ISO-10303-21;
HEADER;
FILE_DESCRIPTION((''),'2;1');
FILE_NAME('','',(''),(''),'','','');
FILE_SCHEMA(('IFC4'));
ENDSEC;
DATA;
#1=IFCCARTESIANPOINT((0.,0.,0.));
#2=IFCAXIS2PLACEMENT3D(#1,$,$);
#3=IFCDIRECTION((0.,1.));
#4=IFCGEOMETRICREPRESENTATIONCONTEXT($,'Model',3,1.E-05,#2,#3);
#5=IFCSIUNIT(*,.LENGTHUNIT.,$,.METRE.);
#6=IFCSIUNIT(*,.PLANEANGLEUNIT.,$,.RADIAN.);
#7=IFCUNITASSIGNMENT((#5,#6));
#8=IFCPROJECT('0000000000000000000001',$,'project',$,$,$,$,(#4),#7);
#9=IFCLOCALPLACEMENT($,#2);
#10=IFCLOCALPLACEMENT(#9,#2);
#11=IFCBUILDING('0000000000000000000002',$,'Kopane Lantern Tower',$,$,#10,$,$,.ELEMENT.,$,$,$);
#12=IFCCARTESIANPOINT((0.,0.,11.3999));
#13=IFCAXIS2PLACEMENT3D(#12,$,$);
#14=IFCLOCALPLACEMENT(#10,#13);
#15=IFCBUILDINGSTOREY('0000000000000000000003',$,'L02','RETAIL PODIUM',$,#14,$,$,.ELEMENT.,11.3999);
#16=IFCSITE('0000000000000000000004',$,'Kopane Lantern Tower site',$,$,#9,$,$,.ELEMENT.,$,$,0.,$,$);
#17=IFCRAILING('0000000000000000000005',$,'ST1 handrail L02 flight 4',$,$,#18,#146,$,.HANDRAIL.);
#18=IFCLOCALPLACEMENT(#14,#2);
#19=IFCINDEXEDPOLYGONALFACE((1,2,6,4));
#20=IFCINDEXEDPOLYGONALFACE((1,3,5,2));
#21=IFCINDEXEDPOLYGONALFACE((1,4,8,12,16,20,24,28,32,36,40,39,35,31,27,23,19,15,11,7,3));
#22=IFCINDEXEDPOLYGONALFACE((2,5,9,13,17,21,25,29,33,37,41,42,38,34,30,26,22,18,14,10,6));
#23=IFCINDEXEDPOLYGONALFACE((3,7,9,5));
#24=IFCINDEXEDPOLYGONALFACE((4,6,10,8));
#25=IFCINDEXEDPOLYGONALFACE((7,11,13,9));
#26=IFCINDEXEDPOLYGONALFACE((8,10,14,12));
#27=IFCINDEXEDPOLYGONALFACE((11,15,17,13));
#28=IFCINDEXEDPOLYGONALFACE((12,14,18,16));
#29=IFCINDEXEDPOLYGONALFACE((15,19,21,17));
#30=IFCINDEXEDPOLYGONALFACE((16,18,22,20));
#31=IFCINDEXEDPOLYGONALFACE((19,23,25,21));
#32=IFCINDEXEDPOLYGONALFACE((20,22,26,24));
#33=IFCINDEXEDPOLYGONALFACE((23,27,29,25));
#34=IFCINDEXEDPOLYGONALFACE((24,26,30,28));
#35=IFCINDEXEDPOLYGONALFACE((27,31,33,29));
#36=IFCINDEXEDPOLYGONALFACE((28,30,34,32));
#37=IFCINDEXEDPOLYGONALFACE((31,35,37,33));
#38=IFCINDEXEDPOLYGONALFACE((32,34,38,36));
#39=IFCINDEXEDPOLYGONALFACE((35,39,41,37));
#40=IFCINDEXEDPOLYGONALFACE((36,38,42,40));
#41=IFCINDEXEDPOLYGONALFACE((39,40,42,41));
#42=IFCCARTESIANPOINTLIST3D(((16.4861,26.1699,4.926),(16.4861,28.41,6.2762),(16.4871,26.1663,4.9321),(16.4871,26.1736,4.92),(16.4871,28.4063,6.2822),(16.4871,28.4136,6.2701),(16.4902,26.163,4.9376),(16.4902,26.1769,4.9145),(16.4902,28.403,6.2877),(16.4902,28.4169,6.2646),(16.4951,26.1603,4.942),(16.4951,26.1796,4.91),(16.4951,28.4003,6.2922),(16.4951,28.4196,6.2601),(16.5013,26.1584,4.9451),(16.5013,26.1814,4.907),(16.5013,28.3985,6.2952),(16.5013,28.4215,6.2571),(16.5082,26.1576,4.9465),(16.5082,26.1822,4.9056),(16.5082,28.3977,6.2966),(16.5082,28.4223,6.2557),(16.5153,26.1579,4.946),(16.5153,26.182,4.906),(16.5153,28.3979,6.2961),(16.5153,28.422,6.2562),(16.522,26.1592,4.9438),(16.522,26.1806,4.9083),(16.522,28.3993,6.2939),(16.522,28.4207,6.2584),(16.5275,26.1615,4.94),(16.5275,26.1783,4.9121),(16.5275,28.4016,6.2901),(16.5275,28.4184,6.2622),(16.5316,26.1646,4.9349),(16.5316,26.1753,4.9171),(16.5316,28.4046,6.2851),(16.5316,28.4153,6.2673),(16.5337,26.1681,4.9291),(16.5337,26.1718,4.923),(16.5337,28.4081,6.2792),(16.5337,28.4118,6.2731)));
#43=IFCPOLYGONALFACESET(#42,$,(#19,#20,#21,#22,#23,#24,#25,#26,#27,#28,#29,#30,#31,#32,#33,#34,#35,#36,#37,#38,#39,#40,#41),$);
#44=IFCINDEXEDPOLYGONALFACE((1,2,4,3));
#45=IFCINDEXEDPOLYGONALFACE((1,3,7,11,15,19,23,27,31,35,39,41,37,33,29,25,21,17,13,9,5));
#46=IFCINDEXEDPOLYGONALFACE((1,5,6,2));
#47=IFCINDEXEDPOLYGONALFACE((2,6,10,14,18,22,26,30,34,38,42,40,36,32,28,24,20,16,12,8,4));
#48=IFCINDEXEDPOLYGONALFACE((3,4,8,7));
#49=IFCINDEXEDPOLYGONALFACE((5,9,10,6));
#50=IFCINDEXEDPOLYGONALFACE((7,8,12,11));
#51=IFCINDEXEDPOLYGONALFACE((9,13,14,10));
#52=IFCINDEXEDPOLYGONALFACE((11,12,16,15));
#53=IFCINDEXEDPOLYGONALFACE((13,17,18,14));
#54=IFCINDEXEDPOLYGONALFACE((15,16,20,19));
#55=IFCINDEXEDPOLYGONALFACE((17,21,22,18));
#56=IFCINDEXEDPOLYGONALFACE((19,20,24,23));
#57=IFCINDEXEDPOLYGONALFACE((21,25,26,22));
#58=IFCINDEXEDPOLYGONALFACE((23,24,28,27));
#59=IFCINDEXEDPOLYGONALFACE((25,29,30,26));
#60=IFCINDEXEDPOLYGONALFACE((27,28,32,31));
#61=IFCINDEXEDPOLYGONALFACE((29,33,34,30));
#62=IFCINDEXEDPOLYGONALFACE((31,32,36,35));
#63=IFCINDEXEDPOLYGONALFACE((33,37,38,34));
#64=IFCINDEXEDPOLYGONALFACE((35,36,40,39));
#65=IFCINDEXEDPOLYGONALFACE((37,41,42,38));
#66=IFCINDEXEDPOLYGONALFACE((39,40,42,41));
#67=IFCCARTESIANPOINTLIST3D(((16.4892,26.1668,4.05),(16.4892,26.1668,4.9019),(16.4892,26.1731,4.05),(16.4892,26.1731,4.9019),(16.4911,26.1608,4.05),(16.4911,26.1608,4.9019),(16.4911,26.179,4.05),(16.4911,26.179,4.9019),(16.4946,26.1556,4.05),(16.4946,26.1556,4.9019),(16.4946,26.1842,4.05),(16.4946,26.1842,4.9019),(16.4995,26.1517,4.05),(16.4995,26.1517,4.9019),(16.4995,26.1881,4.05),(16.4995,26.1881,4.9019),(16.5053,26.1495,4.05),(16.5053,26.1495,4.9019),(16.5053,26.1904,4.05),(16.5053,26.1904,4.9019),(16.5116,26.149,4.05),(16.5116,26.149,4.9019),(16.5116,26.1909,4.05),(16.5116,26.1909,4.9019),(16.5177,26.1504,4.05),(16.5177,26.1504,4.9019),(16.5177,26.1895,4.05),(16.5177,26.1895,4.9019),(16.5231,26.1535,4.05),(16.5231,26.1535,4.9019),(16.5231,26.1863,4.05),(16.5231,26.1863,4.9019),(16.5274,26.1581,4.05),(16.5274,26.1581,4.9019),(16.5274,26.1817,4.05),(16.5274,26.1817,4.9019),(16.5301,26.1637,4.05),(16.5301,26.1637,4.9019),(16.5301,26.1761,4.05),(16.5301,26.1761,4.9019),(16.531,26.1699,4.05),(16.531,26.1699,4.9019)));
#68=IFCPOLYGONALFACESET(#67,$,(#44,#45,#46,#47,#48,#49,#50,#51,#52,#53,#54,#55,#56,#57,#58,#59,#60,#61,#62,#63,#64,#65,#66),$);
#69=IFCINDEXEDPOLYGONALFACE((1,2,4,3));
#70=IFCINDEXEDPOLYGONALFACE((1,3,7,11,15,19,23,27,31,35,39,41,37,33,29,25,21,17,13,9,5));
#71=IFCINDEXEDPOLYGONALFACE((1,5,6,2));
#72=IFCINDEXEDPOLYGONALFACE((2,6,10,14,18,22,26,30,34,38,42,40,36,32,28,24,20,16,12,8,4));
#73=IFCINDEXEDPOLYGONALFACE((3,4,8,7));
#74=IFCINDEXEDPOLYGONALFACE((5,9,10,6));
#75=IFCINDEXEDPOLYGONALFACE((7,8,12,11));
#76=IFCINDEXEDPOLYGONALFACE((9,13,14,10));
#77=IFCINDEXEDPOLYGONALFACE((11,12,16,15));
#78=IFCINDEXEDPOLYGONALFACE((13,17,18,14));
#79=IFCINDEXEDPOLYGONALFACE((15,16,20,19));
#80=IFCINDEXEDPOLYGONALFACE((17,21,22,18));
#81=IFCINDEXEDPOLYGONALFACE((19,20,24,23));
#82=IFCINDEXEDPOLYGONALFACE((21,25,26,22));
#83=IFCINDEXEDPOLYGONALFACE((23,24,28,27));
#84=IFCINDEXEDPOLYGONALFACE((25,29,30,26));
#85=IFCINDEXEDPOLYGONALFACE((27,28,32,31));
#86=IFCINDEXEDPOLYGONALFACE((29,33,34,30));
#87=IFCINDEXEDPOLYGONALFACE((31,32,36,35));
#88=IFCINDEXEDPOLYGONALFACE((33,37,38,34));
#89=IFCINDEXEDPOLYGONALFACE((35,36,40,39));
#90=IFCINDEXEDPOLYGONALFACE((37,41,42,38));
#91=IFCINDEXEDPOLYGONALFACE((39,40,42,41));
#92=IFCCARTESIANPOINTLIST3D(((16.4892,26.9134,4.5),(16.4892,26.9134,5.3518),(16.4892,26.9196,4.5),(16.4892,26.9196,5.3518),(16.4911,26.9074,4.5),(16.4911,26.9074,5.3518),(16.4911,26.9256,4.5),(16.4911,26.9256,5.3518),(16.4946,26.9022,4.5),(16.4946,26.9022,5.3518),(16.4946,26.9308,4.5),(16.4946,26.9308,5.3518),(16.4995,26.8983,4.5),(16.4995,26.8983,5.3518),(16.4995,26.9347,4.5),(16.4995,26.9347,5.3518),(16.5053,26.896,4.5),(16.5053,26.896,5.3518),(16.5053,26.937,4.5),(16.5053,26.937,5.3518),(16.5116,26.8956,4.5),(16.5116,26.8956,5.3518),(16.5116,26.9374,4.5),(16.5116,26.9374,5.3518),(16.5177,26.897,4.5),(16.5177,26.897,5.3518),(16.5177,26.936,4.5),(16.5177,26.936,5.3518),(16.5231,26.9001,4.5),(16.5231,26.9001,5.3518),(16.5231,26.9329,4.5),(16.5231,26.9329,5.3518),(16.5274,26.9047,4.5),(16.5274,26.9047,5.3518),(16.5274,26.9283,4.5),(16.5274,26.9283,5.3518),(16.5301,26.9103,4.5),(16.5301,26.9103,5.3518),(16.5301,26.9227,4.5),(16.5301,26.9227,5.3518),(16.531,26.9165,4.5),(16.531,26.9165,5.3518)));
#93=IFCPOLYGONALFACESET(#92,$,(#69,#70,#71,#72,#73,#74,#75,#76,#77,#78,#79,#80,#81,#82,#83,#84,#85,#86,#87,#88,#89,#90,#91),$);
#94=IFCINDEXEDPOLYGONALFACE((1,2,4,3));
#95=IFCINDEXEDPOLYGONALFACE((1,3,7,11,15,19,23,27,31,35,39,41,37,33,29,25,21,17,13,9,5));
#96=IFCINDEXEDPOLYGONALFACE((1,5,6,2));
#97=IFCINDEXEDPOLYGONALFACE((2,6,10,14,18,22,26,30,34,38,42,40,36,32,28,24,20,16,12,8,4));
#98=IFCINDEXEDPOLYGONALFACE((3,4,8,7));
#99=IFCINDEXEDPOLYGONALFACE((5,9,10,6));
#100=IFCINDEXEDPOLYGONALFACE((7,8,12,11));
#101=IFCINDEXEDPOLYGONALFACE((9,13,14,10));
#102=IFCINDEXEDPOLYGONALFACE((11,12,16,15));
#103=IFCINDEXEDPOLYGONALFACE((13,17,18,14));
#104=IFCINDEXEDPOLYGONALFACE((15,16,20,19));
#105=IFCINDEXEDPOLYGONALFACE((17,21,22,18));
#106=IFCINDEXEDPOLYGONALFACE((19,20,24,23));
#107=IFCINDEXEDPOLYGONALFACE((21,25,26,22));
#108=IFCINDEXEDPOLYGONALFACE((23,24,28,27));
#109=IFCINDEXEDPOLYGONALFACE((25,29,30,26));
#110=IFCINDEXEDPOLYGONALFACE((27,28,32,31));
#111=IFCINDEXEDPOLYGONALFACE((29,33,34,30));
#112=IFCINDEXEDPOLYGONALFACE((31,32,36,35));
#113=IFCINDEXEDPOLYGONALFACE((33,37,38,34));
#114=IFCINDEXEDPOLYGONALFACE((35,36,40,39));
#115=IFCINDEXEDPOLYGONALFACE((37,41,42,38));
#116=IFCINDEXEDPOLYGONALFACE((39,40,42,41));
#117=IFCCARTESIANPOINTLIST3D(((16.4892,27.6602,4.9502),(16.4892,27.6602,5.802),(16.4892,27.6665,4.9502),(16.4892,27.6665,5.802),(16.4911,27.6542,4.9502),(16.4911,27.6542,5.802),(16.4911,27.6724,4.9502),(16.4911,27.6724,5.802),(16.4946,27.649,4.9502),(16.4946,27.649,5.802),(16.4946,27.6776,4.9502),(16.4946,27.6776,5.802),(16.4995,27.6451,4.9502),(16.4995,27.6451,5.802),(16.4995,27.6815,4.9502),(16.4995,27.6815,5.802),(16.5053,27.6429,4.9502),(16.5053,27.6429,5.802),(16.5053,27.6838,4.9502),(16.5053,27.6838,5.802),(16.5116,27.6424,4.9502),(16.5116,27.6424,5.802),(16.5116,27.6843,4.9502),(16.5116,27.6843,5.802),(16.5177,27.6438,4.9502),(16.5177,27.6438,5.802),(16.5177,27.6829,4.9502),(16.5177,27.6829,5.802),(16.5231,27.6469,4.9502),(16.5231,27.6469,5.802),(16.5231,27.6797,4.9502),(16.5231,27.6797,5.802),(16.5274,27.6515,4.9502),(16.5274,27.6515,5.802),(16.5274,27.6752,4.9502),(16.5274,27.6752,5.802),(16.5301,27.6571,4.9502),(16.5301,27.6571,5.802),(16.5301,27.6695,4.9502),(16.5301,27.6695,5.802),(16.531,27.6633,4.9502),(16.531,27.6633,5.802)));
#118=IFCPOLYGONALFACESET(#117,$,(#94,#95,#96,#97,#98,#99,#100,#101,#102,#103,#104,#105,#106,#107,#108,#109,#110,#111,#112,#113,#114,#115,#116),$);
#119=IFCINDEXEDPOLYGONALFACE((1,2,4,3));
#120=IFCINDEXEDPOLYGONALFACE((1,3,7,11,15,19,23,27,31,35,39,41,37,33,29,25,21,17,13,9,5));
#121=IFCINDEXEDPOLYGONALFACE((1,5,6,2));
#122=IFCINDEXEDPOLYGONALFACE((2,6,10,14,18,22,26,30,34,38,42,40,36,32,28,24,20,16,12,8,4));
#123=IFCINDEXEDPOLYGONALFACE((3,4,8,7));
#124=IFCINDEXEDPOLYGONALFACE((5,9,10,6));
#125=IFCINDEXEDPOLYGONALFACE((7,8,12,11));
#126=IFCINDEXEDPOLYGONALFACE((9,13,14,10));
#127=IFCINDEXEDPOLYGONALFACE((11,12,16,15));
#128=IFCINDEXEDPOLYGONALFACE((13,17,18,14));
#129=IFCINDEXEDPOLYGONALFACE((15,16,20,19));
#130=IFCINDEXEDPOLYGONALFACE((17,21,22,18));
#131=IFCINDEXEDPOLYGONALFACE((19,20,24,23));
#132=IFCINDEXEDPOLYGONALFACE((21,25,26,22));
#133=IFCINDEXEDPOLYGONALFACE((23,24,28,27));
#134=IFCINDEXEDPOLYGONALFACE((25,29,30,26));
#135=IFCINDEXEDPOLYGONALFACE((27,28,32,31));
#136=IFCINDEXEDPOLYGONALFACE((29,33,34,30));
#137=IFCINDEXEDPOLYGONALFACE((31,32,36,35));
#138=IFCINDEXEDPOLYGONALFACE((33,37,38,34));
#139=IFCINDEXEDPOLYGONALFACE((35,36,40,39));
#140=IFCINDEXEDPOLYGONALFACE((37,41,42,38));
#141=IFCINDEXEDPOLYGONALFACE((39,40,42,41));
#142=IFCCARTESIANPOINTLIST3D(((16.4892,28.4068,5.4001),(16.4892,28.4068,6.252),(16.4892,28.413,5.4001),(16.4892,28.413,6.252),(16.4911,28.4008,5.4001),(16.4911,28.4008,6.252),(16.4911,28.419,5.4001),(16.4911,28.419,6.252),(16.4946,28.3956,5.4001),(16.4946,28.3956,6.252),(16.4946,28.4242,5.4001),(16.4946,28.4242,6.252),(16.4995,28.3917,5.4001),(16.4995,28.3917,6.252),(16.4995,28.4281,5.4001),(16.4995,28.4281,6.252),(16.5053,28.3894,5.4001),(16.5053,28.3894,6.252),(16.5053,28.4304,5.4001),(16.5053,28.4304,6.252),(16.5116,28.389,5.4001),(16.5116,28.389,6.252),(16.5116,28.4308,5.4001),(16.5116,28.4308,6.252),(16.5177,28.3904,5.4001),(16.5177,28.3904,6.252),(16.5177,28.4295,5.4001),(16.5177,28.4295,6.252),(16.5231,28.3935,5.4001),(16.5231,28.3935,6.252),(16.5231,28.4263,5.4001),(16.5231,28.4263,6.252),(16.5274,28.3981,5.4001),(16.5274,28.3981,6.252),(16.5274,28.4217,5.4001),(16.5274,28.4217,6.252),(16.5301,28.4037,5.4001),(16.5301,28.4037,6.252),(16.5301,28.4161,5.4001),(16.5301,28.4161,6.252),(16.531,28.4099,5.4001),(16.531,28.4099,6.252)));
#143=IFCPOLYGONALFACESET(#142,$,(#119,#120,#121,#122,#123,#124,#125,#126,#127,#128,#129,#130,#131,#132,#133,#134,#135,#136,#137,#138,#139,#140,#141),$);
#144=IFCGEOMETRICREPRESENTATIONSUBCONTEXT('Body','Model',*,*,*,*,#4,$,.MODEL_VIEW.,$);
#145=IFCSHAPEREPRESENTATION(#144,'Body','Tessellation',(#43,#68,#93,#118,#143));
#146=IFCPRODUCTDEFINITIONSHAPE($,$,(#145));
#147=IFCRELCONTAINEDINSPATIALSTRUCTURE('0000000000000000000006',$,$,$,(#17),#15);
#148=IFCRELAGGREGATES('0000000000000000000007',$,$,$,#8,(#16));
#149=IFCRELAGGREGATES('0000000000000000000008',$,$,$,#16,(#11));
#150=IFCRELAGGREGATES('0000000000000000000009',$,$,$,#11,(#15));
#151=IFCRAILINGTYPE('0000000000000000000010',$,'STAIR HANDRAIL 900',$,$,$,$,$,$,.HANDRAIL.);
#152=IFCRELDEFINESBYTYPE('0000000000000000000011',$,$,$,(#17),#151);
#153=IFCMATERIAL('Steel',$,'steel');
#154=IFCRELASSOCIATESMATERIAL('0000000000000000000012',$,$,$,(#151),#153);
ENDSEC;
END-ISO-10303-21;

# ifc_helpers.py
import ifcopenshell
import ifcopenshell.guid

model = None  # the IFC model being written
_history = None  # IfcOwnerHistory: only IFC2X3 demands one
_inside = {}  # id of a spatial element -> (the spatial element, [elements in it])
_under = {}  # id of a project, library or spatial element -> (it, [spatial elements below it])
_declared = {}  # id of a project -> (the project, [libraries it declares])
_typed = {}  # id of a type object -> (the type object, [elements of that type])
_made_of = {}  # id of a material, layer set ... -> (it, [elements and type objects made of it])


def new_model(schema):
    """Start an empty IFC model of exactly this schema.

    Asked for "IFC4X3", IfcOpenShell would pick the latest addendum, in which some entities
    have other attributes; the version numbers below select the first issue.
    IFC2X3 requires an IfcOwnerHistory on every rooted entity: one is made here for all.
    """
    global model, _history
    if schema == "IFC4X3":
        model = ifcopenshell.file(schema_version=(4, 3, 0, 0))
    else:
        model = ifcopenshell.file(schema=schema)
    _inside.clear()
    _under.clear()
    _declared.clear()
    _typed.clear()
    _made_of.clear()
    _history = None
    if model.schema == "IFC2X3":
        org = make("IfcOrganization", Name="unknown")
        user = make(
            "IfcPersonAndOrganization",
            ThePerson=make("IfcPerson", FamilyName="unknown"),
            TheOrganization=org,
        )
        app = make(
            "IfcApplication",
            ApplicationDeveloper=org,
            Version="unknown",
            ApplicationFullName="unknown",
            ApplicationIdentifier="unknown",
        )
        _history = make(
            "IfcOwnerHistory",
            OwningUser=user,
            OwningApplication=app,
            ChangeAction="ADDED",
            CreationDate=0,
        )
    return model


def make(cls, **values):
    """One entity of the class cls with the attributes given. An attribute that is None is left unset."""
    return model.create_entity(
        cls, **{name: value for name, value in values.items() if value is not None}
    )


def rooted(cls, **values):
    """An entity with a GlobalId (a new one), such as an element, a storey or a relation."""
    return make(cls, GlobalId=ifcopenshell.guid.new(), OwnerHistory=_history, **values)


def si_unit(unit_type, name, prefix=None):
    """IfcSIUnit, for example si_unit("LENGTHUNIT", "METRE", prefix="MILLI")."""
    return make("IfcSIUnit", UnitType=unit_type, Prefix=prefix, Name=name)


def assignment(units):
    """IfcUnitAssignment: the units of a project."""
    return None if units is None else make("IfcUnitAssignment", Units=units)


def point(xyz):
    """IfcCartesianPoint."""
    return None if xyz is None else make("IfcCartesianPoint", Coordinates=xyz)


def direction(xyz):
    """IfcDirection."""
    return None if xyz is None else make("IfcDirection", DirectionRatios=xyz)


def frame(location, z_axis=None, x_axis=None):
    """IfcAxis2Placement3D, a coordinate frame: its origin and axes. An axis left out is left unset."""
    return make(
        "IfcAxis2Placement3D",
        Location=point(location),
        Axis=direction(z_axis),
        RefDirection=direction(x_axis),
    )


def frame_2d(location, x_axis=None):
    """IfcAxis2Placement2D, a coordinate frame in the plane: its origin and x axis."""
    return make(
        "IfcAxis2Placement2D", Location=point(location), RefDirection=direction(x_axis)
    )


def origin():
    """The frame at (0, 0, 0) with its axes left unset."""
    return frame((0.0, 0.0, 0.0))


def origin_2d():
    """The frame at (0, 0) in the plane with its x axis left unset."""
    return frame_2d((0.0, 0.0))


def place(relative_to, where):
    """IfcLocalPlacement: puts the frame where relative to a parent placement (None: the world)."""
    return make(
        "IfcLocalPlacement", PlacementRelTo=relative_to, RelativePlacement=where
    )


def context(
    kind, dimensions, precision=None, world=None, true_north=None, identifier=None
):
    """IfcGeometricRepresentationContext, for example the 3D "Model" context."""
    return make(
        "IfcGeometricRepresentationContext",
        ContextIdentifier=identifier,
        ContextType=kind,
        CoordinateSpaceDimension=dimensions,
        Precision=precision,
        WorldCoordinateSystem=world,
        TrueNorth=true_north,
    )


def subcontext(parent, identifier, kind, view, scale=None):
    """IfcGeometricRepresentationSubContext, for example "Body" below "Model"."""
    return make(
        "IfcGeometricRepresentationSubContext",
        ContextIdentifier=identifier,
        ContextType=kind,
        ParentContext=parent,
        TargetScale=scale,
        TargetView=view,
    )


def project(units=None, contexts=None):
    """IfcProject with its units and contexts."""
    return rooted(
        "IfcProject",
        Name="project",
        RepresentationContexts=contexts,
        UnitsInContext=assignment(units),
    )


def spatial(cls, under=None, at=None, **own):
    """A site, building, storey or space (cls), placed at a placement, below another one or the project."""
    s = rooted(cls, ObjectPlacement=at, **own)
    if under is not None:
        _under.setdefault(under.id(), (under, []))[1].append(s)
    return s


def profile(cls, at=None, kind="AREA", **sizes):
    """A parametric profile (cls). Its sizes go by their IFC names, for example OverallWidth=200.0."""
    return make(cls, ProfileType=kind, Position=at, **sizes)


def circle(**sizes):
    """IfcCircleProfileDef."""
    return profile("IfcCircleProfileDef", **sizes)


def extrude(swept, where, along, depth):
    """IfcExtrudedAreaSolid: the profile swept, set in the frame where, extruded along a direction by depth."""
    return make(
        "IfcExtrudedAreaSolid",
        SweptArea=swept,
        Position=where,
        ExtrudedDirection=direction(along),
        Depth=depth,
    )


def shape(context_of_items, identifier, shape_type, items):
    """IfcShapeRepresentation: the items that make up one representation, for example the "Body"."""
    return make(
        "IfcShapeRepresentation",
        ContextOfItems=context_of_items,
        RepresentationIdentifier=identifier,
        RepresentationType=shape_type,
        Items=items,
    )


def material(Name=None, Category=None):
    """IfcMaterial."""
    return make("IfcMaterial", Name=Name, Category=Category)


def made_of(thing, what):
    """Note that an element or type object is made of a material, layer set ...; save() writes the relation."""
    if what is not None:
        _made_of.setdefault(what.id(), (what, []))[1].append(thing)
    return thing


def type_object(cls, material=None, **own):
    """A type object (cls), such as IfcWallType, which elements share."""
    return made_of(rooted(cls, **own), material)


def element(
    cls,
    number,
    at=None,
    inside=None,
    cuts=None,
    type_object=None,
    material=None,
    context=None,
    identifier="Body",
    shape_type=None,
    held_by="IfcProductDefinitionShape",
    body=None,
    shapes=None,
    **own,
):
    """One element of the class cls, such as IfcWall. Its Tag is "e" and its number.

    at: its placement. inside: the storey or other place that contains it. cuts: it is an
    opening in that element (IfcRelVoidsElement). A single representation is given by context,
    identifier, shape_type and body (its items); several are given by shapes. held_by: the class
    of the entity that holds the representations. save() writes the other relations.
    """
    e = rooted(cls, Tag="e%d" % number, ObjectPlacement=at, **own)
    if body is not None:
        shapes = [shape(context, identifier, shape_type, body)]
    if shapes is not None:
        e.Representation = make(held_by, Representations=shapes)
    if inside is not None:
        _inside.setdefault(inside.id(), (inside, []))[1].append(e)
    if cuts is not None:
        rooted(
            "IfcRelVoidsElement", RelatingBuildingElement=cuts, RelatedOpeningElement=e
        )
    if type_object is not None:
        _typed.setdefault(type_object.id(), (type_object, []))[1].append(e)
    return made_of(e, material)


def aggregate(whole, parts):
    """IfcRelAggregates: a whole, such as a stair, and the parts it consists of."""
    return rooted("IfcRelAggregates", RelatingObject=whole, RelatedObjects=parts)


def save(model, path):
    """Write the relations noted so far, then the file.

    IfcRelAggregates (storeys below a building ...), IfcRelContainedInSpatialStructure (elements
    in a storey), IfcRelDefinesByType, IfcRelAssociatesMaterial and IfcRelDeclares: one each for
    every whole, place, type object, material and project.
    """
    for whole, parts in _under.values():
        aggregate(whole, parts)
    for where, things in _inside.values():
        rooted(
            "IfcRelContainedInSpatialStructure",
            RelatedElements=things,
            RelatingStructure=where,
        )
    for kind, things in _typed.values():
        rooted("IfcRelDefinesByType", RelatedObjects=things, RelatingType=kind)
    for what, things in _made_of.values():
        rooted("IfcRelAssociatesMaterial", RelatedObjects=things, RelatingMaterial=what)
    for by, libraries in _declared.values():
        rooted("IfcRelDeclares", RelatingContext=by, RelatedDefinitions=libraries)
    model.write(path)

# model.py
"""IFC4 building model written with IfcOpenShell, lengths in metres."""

from ifc_helpers import new_model, si_unit, direction, frame, origin, origin_2d, place, context, subcontext, project, spatial, circle, extrude, material, type_object, element, save


model = new_model("IFC4")

# Units and contexts
model_context = context("Model", 3, precision=1e-05, world=origin(), true_north=direction((0.0, 1.0)))
body_context = subcontext(model_context, "Body", "Model", "MODEL_VIEW")
ifc_project = project(units=[si_unit("LENGTHUNIT", "METRE"), si_unit("PLANEANGLEUNIT", "RADIAN")], contexts=[model_context])

# Site, building, storey
site_placement = place(None, origin())
site = spatial("IfcSite", under=ifc_project, at=site_placement, Name="Kopane Lantern Tower site", CompositionType="ELEMENT", RefElevation=0.0)
building_placement = place(site_placement, origin())
building = spatial("IfcBuilding", under=site, at=building_placement, Name="Kopane Lantern Tower", CompositionType="ELEMENT")
storey_placement = place(building_placement, frame((0.0, 0.0, 11.3999)))
storey = spatial("IfcBuildingStorey", under=building, at=storey_placement, Name="L02", Description="RETAIL PODIUM", CompositionType="ELEMENT", Elevation=11.3999)

# Railing
ifc_material_1 = material(Name="Steel", Category="steel")
railing_type_1 = type_object("IfcRailingType", Name="STAIR HANDRAIL 900", PredefinedType="HANDRAIL", material=ifc_material_1)
for number, where, name in (
    (1, (16.51, 26.1699, 4.05), "ST1 handrail L02 flight 4"),
):
    element("IfcRailing", number, at=place(storey_placement, frame(where)), inside=storey, type_object=railing_type_1, Name=name, PredefinedType="HANDRAIL", context=body_context, shape_type="SweptSolid", body=[
        extrude(circle(Radius=0.0239, at=origin_2d()), frame((0.0, 0.0, 0.876), z_axis=(0.0, 0.856462, 0.516211), x_axis=(-1.0, 0.0, 0.0)), (0.0, 0.0, 1.0), 2.6155),
        extrude(circle(Radius=0.021, at=origin_2d()), origin(), (0.0, 0.0, 1.0), 0.8518),
        extrude(circle(Radius=0.021, at=origin_2d()), frame((0.0, 0.7466, 0.45)), (0.0, 0.0, 1.0), 0.8518),
        extrude(circle(Radius=0.021, at=origin_2d()), frame((0.0, 1.4934, 0.9001)), (0.0, 0.0, 1.0), 0.8518),
        extrude(circle(Radius=0.021, at=origin_2d()), frame((0.0, 2.24, 1.3501)), (0.0, 0.0, 1.0), 0.8518),
    ])

save(model, "model.ifc")
